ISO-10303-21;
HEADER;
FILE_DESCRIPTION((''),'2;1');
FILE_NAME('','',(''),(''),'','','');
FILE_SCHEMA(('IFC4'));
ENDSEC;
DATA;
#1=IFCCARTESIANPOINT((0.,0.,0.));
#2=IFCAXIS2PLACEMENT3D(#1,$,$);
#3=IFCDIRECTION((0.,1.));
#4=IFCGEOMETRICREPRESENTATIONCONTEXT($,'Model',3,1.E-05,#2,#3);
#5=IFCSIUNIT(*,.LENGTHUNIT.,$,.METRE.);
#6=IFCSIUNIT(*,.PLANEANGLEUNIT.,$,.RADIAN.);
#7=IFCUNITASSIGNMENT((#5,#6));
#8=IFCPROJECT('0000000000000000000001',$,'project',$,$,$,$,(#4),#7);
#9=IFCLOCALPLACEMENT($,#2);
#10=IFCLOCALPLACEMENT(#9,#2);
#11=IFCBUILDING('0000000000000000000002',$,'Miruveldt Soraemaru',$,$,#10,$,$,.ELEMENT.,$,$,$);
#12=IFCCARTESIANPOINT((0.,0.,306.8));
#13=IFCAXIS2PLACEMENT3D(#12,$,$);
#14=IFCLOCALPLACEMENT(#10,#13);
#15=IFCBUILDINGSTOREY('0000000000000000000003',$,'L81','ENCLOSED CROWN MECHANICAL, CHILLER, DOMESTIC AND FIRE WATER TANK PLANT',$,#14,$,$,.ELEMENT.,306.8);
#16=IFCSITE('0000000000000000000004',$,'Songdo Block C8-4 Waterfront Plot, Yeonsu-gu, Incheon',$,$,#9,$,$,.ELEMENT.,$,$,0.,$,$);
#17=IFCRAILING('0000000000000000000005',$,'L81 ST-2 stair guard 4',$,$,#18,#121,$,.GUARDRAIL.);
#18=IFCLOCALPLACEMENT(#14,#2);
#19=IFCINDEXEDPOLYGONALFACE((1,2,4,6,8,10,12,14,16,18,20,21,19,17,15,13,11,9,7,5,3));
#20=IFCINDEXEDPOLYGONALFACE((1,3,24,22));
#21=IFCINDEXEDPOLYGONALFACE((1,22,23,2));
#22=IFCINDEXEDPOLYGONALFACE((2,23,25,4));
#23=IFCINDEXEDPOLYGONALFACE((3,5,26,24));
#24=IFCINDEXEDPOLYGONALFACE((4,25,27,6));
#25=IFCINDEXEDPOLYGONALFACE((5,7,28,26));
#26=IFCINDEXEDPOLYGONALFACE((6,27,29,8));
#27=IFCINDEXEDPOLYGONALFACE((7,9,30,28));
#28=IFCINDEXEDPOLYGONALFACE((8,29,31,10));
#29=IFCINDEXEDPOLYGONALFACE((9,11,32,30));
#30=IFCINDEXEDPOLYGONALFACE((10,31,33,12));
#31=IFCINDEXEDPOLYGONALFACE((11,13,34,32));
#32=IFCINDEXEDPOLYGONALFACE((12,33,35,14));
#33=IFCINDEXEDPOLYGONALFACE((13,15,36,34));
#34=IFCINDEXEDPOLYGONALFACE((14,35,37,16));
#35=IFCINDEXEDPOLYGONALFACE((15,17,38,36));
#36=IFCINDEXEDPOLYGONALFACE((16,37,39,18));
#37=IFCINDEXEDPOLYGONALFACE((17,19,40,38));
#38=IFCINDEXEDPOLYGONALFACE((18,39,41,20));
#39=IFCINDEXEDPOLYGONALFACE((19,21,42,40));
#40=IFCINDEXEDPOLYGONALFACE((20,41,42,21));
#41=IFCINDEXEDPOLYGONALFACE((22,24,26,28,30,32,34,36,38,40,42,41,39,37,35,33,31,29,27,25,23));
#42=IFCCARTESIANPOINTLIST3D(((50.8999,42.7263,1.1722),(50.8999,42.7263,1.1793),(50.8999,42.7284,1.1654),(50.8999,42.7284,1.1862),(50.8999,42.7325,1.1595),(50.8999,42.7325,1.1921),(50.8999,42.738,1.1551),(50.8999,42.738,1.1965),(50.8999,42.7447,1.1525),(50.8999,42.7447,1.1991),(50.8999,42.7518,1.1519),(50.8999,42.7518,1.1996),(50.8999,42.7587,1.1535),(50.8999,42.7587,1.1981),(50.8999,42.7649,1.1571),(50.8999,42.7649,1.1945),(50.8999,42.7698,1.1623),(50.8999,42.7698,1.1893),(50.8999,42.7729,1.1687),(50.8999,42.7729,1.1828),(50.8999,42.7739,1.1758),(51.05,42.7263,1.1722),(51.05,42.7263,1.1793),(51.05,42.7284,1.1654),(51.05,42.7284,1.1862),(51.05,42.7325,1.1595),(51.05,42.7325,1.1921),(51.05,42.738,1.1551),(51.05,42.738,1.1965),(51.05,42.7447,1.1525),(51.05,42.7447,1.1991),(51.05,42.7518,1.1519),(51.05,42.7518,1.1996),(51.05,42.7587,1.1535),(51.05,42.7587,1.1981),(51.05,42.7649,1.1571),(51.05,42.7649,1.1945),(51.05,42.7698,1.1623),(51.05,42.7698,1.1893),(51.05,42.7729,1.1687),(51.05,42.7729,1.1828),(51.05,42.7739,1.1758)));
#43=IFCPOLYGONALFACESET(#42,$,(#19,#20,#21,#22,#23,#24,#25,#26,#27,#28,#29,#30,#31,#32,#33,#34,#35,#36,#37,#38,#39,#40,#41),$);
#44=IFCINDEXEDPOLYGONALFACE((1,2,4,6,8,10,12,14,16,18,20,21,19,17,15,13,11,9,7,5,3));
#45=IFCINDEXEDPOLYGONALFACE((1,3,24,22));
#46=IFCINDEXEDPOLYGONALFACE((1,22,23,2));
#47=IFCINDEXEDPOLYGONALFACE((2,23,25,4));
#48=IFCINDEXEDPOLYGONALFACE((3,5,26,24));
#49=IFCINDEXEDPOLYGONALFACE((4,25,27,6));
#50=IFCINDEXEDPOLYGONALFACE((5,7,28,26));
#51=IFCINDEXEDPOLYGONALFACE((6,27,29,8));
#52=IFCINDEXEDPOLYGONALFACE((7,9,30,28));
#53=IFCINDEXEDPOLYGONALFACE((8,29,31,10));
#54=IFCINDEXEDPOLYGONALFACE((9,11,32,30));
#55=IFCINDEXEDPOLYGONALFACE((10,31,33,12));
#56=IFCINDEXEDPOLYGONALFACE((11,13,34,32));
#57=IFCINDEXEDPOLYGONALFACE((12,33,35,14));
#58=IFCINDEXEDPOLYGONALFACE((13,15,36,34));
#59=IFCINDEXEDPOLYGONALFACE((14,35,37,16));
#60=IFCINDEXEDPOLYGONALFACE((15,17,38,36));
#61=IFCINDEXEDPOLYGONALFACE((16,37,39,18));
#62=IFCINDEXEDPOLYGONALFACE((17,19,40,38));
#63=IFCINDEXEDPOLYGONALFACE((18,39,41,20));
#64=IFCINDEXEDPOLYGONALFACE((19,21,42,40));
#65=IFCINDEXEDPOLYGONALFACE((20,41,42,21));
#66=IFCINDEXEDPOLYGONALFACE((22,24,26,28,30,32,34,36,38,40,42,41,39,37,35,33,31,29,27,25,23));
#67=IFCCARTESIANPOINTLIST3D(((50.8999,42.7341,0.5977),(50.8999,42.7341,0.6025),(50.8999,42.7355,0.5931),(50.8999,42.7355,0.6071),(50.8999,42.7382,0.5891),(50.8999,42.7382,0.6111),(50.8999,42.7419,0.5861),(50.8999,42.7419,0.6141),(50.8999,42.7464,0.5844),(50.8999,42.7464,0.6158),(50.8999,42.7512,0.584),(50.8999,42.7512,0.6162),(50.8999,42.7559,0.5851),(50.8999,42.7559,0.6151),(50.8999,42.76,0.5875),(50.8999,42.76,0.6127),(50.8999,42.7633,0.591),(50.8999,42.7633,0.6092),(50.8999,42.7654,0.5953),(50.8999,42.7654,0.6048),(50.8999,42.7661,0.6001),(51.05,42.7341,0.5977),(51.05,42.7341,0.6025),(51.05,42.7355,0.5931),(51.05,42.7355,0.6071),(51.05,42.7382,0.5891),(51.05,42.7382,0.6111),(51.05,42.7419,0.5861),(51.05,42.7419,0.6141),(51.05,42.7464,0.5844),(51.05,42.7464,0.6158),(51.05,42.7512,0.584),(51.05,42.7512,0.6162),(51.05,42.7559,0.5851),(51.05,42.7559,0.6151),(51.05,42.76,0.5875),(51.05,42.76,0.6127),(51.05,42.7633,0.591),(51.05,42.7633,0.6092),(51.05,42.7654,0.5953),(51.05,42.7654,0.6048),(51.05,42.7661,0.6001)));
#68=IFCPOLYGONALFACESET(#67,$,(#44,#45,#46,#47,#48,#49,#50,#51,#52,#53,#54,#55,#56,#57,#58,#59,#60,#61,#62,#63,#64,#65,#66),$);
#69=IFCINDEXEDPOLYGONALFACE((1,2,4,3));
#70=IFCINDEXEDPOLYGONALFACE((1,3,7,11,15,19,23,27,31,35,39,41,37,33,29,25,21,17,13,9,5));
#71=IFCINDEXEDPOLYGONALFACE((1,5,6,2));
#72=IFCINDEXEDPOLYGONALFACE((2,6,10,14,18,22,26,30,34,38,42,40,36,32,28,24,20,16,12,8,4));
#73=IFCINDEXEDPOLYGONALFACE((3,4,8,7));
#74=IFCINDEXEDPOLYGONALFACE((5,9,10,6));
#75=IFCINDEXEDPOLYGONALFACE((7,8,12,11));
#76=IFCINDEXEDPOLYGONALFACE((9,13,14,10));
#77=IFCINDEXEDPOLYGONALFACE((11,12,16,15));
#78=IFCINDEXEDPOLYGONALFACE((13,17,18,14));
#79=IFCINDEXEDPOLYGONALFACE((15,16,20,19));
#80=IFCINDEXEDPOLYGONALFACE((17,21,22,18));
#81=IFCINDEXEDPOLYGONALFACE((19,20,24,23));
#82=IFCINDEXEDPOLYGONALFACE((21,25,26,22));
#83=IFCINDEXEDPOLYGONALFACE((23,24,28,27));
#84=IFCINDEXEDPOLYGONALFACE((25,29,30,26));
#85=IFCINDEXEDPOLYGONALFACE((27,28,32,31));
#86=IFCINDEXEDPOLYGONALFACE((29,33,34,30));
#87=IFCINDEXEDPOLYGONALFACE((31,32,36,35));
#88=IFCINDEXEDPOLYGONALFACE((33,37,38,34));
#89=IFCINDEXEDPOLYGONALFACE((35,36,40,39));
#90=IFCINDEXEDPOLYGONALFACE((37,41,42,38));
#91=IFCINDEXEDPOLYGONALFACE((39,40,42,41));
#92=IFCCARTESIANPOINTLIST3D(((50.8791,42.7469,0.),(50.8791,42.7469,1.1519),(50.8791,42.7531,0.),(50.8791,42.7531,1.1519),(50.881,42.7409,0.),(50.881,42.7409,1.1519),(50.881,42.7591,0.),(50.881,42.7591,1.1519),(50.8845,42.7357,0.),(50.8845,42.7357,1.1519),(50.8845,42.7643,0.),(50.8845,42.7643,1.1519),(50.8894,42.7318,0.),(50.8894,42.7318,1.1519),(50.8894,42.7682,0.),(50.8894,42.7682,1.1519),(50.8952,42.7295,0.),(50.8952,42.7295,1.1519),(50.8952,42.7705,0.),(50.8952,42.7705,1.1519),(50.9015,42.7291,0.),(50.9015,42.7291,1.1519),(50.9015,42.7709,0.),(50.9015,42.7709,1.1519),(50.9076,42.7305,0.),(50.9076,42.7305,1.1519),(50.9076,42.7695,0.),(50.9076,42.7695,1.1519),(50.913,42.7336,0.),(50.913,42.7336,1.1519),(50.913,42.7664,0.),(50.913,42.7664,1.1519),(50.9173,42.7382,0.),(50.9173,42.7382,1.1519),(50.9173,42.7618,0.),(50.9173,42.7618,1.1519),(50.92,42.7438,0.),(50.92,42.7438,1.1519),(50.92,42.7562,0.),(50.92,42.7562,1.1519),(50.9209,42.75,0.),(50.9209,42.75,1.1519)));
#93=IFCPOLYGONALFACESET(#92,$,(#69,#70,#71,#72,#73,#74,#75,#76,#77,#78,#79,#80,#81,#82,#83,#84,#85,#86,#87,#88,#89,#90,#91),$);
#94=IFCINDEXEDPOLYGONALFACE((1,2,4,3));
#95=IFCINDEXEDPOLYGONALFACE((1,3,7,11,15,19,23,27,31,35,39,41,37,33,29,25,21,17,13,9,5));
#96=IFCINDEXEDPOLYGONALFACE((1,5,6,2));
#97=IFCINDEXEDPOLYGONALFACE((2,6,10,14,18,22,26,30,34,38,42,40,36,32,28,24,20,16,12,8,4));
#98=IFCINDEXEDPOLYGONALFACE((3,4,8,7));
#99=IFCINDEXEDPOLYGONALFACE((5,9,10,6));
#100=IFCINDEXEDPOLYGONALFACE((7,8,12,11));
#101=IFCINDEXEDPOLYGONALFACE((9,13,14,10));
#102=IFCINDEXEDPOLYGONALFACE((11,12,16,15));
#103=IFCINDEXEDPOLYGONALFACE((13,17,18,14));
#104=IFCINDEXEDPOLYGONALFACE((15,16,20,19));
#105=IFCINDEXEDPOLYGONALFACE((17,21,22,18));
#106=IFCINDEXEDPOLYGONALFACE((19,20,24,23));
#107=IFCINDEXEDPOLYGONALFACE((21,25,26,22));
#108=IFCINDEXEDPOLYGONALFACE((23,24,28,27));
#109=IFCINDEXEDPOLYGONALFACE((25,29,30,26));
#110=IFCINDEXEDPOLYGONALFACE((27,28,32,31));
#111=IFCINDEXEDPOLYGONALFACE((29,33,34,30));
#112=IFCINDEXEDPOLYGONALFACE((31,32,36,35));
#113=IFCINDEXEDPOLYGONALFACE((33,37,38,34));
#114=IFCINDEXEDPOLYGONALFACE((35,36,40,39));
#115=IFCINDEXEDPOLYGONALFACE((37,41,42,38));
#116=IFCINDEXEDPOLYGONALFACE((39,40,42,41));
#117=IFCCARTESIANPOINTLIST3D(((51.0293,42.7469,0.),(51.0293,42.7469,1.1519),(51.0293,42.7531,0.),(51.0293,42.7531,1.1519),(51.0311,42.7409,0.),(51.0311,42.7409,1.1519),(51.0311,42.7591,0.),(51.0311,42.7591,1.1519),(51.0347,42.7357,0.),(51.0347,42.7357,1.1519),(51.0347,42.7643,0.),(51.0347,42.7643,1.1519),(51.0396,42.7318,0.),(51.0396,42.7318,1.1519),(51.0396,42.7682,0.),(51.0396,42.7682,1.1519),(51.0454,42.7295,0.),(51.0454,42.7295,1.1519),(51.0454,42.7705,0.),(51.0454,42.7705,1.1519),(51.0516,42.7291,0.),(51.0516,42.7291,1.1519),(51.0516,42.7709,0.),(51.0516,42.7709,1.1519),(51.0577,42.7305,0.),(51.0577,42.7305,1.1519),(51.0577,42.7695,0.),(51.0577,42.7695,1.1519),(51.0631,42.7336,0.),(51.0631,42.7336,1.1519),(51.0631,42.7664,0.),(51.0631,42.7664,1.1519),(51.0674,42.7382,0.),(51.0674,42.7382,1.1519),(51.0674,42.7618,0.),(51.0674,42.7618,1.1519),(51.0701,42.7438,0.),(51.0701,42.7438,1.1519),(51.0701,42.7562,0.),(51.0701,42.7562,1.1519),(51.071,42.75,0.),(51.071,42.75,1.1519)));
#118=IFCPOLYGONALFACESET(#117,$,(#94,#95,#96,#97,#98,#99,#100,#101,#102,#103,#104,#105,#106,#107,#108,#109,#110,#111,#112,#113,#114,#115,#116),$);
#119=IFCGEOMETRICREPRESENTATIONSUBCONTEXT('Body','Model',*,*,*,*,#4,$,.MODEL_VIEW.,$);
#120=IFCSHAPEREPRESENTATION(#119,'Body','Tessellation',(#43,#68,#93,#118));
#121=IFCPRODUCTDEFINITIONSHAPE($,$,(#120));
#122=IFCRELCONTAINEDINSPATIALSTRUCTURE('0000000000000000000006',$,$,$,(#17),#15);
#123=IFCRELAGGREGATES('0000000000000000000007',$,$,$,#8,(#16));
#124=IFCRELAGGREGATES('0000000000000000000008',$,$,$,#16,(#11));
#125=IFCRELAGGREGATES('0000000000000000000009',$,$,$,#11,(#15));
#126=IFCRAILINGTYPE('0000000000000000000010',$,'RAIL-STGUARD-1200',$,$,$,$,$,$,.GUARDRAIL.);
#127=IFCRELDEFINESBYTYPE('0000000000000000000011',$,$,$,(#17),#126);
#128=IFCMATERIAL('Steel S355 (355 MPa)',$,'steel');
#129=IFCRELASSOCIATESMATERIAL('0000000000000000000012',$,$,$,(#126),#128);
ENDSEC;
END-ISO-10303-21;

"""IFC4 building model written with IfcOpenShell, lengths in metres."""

from ifc_helpers import new_model, si_unit, direction, frame, origin, origin_2d, place, context, subcontext, project, spatial, circle, extrude, material, type_object, element, save


model = new_model("IFC4")

# Units and contexts
model_context = context("Model", 3, precision=1e-05, world=origin(), true_north=direction((0.0, 1.0)))
body_context = subcontext(model_context, "Body", "Model", "MODEL_VIEW")
ifc_project = project(units=[si_unit("LENGTHUNIT", "METRE"), si_unit("PLANEANGLEUNIT", "RADIAN")], contexts=[model_context])

# Site, building, storey
site_placement = place(None, origin())
site = spatial("IfcSite", under=ifc_project, at=site_placement, Name="Songdo Block C8-4 Waterfront Plot, Yeonsu-gu, Incheon", CompositionType="ELEMENT", RefElevation=0.0)
building_placement = place(site_placement, origin())
building = spatial("IfcBuilding", under=site, at=building_placement, Name="Miruveldt Soraemaru", CompositionType="ELEMENT")
storey_placement = place(building_placement, frame((0.0, 0.0, 306.8)))
storey = spatial("IfcBuildingStorey", under=building, at=storey_placement, Name="L81", Description="ENCLOSED CROWN MECHANICAL, CHILLER, DOMESTIC AND FIRE WATER TANK PLANT", CompositionType="ELEMENT", Elevation=306.8)

# Railing
ifc_material_1 = material(Name="Steel S355 (355 MPa)", Category="steel")
railing_type_1 = type_object("IfcRailingType", Name="RAIL-STGUARD-1200", PredefinedType="GUARDRAIL", material=ifc_material_1)
for number, where, name in (
    (1, (50.8999, 42.75, 0.0), "L81 ST-2 stair guard 4"),
):
    element("IfcRailing", number, at=place(storey_placement, frame(where)), inside=storey, type_object=railing_type_1, Name=name, PredefinedType="GUARDRAIL", context=body_context, shape_type="SweptSolid", body=[
        extrude(circle(Radius=0.0239, at=origin_2d()), frame((0.0, 0.0, 1.1758), z_axis=(1.0, 0.0, 0.0), x_axis=(0.0, 1.0, 0.0)), (0.0, 0.0, 1.0), 0.1501),
        extrude(circle(Radius=0.0161, at=origin_2d()), frame((0.0, 0.0, 0.6001), z_axis=(1.0, 0.0, 0.0), x_axis=(0.0, 1.0, 0.0)), (0.0, 0.0, 1.0), 0.1501),
        extrude(circle(Radius=0.021, at=origin_2d()), origin(), (0.0, 0.0, 1.0), 1.1519),
        extrude(circle(Radius=0.021, at=origin_2d()), frame((0.1501, 0.0, 0.0)), (0.0, 0.0, 1.0), 1.1519),
    ])

save(model, "model.ifc")
